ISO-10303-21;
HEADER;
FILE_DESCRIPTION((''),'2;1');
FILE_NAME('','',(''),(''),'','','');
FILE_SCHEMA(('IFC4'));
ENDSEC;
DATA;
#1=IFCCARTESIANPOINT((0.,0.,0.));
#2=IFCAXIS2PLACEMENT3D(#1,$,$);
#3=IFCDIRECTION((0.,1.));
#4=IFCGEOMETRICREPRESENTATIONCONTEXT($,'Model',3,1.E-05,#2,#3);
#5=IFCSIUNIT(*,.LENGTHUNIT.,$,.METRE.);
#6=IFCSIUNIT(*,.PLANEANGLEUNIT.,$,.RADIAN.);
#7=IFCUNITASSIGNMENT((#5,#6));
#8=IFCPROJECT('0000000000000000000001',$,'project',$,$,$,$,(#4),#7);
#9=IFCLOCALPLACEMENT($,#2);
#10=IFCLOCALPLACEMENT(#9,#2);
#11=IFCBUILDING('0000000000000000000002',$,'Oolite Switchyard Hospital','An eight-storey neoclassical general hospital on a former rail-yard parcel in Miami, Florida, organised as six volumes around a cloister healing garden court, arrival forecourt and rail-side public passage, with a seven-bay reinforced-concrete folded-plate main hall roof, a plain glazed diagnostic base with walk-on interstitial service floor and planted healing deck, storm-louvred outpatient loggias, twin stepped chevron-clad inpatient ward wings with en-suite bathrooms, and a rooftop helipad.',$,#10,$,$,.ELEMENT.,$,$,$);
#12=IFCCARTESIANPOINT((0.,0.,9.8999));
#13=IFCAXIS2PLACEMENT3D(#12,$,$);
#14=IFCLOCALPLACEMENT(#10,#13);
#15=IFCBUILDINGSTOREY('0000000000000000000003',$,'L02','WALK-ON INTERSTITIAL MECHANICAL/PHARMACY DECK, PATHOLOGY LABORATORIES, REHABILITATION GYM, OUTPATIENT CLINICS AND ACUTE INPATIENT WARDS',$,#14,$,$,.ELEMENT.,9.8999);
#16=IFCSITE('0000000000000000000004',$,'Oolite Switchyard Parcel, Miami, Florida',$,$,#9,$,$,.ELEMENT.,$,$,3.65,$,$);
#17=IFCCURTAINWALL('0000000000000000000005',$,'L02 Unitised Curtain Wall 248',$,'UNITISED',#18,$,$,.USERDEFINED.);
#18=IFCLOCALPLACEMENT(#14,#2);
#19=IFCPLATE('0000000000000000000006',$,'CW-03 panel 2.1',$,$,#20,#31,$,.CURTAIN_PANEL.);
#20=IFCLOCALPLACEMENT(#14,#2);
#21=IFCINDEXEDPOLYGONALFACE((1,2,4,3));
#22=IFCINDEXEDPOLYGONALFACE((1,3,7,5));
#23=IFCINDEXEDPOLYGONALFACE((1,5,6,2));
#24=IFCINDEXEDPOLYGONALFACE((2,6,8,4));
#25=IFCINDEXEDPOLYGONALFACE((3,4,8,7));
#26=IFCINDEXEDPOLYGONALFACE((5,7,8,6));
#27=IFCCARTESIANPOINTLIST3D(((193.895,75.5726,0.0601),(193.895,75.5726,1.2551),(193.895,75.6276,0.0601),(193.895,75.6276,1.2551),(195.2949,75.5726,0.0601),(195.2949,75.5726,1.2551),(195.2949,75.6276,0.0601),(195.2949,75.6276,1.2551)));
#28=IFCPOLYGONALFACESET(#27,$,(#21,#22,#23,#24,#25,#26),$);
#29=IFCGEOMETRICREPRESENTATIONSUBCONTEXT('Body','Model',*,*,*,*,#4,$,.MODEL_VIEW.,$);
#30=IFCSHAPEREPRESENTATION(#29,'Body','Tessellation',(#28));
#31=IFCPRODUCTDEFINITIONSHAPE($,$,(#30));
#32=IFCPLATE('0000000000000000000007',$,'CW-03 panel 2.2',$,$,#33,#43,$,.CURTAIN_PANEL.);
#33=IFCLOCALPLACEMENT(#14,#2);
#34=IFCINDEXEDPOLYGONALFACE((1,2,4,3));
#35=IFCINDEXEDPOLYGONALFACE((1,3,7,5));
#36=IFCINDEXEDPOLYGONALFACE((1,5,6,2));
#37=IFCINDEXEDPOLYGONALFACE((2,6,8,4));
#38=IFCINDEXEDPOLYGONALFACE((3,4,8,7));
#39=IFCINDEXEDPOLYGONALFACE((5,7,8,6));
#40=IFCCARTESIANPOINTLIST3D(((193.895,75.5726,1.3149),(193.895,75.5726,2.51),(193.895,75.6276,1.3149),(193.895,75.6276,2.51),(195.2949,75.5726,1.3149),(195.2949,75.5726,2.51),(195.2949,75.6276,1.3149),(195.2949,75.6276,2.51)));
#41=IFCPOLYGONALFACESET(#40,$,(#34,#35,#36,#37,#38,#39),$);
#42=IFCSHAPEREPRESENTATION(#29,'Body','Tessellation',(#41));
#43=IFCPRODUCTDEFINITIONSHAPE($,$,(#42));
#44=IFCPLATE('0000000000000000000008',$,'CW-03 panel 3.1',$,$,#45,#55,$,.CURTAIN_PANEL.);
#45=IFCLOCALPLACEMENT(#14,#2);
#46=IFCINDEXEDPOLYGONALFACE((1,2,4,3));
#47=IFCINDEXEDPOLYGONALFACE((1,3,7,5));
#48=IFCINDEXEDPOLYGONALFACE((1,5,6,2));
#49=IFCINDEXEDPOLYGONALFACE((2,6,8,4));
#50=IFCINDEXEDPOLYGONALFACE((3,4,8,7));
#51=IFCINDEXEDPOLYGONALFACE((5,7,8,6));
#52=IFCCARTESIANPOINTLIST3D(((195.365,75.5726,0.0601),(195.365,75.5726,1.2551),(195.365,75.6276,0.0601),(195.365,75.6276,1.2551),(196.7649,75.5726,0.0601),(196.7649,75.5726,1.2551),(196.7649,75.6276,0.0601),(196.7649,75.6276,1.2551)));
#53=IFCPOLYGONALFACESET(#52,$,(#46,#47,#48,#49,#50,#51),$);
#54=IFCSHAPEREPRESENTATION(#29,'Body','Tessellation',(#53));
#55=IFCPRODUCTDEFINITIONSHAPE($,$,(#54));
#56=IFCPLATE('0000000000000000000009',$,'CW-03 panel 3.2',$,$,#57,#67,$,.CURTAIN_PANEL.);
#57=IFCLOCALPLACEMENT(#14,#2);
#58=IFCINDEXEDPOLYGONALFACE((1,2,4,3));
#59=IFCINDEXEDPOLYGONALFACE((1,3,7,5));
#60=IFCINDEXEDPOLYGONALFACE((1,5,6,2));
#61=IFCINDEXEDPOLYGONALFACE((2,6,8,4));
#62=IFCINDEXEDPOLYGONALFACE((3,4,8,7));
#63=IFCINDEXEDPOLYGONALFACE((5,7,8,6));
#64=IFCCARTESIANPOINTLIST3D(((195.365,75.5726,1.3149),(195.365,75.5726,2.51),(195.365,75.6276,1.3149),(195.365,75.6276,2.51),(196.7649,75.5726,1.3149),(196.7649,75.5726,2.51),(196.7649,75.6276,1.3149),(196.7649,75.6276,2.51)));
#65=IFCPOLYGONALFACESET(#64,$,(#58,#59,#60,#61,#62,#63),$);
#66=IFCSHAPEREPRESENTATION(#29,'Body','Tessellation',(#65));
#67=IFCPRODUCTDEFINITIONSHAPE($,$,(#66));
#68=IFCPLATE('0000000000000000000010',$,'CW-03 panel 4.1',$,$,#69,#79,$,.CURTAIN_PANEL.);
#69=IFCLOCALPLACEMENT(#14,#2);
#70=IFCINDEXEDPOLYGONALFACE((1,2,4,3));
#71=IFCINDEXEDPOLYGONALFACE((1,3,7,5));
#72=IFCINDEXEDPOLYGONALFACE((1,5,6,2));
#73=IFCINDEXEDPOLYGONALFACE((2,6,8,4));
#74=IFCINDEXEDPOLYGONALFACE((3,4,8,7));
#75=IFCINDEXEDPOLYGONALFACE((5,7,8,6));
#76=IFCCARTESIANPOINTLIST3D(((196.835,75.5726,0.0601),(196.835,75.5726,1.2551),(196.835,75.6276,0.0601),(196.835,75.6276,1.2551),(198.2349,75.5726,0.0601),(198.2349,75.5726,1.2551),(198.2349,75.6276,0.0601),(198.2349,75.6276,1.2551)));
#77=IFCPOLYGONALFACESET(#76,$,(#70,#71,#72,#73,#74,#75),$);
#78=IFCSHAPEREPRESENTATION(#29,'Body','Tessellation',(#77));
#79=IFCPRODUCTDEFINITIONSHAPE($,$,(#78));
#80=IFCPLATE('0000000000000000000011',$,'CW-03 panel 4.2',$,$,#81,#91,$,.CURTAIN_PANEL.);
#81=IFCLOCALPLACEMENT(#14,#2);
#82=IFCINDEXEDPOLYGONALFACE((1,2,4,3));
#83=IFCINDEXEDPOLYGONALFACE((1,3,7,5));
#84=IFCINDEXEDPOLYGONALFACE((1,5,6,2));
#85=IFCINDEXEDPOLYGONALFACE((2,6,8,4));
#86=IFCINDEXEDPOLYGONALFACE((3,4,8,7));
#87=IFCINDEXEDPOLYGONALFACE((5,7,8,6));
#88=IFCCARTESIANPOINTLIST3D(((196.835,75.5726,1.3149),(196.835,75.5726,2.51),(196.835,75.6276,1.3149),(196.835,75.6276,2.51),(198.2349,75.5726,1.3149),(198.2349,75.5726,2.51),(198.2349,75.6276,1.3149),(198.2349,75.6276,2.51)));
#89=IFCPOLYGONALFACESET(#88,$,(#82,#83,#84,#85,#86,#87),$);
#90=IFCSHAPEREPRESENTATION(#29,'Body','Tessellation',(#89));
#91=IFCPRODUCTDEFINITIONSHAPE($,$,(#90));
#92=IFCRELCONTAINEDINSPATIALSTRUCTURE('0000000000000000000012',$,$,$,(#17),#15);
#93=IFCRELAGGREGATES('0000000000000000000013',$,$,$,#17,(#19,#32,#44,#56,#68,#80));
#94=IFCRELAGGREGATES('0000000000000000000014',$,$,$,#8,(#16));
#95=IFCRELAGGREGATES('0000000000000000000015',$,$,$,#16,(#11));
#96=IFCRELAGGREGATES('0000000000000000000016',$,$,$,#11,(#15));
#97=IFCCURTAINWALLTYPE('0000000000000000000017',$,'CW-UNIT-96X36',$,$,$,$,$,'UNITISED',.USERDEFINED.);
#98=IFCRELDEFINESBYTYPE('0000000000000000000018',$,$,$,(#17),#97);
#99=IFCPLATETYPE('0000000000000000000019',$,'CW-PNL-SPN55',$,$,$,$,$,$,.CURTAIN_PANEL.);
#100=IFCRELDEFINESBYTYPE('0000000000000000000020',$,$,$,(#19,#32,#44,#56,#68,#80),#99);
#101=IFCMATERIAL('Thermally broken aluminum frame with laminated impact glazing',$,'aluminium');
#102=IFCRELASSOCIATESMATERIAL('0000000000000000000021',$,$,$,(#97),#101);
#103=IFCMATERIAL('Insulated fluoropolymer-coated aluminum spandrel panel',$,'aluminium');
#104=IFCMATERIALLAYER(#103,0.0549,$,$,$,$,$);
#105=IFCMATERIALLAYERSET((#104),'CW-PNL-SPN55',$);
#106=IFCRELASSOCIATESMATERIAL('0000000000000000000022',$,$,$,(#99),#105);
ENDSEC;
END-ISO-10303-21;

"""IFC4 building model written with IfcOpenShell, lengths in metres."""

from ifc_helpers import new_model, si_unit, direction, frame, origin, origin_2d, place, context, subcontext, project, spatial, rectangle, extrude, material, layer, layer_set, type_object, element, aggregate, save


model = new_model("IFC4")

# Units and contexts
model_context = context("Model", 3, precision=1e-05, world=origin(), true_north=direction((0.0, 1.0)))
body_context = subcontext(model_context, "Body", "Model", "MODEL_VIEW")
ifc_project = project(units=[si_unit("LENGTHUNIT", "METRE"), si_unit("PLANEANGLEUNIT", "RADIAN")], contexts=[model_context])

# Site, building, storey
site_placement = place(None, origin())
site = spatial("IfcSite", under=ifc_project, at=site_placement, Name="Oolite Switchyard Parcel, Miami, Florida", CompositionType="ELEMENT", RefElevation=3.65)
building_placement = place(site_placement, origin())
building = spatial("IfcBuilding", under=site, at=building_placement, Name="Oolite Switchyard Hospital", Description="An eight-storey neoclassical general hospital on a former rail-yard parcel in Miami, Florida, organised as six volumes around a cloister healing garden court, arrival forecourt and rail-side public passage, with a seven-bay reinforced-concrete folded-plate main hall roof, a plain glazed diagnostic base with walk-on interstitial service floor and planted healing deck, storm-louvred outpatient loggias, twin stepped chevron-clad inpatient ward wings with en-suite bathrooms, and a rooftop helipad.", CompositionType="ELEMENT")
storey_placement = place(building_placement, frame((0.0, 0.0, 9.8999)))
storey = spatial("IfcBuildingStorey", under=building, at=storey_placement, Name="L02", Description="WALK-ON INTERSTITIAL MECHANICAL/PHARMACY DECK, PATHOLOGY LABORATORIES, REHABILITATION GYM, OUTPATIENT CLINICS AND ACUTE INPATIENT WARDS", CompositionType="ELEMENT", Elevation=9.8999)

# Curtain wall, plates
ifc_material_1 = material(Name="Thermally broken aluminum frame with laminated impact glazing", Category="aluminium")
curtain_wall_type = type_object("IfcCurtainWallType", Name="CW-UNIT-96X36", ElementType="UNITISED", PredefinedType="USERDEFINED", material=ifc_material_1)
curtain_wall_placement = place(storey_placement, origin())
curtain_wall = element("IfcCurtainWall", 1, at=curtain_wall_placement, inside=storey, type_object=curtain_wall_type, Name="L02 Unitised Curtain Wall 248", ObjectType="UNITISED", PredefinedType="USERDEFINED")
ifc_material_2 = material(Name="Insulated fluoropolymer-coated aluminum spandrel panel", Category="aluminium")
ifc_layer = layer(ifc_material_2, 0.0549)
ifc_layer_set = layer_set([ifc_layer], Name="CW-PNL-SPN55")
plate_type = type_object("IfcPlateType", Name="CW-PNL-SPN55", PredefinedType="CURTAIN_PANEL", material=ifc_layer_set)
plate_1_placement = place(storey_placement, frame((194.595, 75.6001, 0.0601), z_axis=(0.0, 0.0, 1.0), x_axis=(1.0, 0.0, 0.0)))
plate_1 = element("IfcPlate", 2, at=plate_1_placement, type_object=plate_type, Name="CW-03 panel 2.1", PredefinedType="CURTAIN_PANEL", context=body_context, shape_type="SweptSolid", body=[
    extrude(rectangle(XDim=1.3999, YDim=0.0549, at=origin_2d()), origin(), (0.0, 0.0, 1.0), 1.1951),
])
plate_2_placement = place(storey_placement, frame((194.595, 75.6001, 1.3149), z_axis=(0.0, 0.0, 1.0), x_axis=(1.0, 0.0, 0.0)))
plate_2 = element("IfcPlate", 3, at=plate_2_placement, type_object=plate_type, Name="CW-03 panel 2.2", PredefinedType="CURTAIN_PANEL", context=body_context, shape_type="SweptSolid", body=[
    extrude(rectangle(XDim=1.3999, YDim=0.0549, at=origin_2d()), origin(), (0.0, 0.0, 1.0), 1.1951),
])
plate_3_placement = place(storey_placement, frame((196.0649, 75.6001, 0.0601), z_axis=(0.0, 0.0, 1.0), x_axis=(1.0, 0.0, 0.0)))
plate_3 = element("IfcPlate", 4, at=plate_3_placement, type_object=plate_type, Name="CW-03 panel 3.1", PredefinedType="CURTAIN_PANEL", context=body_context, shape_type="SweptSolid", body=[
    extrude(rectangle(XDim=1.3999, YDim=0.0549, at=origin_2d()), origin(), (0.0, 0.0, 1.0), 1.1951),
])
plate_4_placement = place(storey_placement, frame((196.0649, 75.6001, 1.3149), z_axis=(0.0, 0.0, 1.0), x_axis=(1.0, 0.0, 0.0)))
plate_4 = element("IfcPlate", 5, at=plate_4_placement, type_object=plate_type, Name="CW-03 panel 3.2", PredefinedType="CURTAIN_PANEL", context=body_context, shape_type="SweptSolid", body=[
    extrude(rectangle(XDim=1.3999, YDim=0.0549, at=origin_2d()), origin(), (0.0, 0.0, 1.0), 1.1951),
])
plate_5_placement = place(storey_placement, frame((197.5349, 75.6001, 0.0601), z_axis=(0.0, 0.0, 1.0), x_axis=(1.0, 0.0, 0.0)))
plate_5 = element("IfcPlate", 6, at=plate_5_placement, type_object=plate_type, Name="CW-03 panel 4.1", PredefinedType="CURTAIN_PANEL", context=body_context, shape_type="SweptSolid", body=[
    extrude(rectangle(XDim=1.3999, YDim=0.0549, at=origin_2d()), origin(), (0.0, 0.0, 1.0), 1.1951),
])
plate_6_placement = place(storey_placement, frame((197.5349, 75.6001, 1.3149), z_axis=(0.0, 0.0, 1.0), x_axis=(1.0, 0.0, 0.0)))
plate_6 = element("IfcPlate", 7, at=plate_6_placement, type_object=plate_type, Name="CW-03 panel 4.2", PredefinedType="CURTAIN_PANEL", context=body_context, shape_type="SweptSolid", body=[
    extrude(rectangle(XDim=1.3999, YDim=0.0549, at=origin_2d()), origin(), (0.0, 0.0, 1.0), 1.1951),
])
aggregate(curtain_wall, [plate_1, plate_2, plate_3, plate_4, plate_5, plate_6])

save(model, "model.ifc")
